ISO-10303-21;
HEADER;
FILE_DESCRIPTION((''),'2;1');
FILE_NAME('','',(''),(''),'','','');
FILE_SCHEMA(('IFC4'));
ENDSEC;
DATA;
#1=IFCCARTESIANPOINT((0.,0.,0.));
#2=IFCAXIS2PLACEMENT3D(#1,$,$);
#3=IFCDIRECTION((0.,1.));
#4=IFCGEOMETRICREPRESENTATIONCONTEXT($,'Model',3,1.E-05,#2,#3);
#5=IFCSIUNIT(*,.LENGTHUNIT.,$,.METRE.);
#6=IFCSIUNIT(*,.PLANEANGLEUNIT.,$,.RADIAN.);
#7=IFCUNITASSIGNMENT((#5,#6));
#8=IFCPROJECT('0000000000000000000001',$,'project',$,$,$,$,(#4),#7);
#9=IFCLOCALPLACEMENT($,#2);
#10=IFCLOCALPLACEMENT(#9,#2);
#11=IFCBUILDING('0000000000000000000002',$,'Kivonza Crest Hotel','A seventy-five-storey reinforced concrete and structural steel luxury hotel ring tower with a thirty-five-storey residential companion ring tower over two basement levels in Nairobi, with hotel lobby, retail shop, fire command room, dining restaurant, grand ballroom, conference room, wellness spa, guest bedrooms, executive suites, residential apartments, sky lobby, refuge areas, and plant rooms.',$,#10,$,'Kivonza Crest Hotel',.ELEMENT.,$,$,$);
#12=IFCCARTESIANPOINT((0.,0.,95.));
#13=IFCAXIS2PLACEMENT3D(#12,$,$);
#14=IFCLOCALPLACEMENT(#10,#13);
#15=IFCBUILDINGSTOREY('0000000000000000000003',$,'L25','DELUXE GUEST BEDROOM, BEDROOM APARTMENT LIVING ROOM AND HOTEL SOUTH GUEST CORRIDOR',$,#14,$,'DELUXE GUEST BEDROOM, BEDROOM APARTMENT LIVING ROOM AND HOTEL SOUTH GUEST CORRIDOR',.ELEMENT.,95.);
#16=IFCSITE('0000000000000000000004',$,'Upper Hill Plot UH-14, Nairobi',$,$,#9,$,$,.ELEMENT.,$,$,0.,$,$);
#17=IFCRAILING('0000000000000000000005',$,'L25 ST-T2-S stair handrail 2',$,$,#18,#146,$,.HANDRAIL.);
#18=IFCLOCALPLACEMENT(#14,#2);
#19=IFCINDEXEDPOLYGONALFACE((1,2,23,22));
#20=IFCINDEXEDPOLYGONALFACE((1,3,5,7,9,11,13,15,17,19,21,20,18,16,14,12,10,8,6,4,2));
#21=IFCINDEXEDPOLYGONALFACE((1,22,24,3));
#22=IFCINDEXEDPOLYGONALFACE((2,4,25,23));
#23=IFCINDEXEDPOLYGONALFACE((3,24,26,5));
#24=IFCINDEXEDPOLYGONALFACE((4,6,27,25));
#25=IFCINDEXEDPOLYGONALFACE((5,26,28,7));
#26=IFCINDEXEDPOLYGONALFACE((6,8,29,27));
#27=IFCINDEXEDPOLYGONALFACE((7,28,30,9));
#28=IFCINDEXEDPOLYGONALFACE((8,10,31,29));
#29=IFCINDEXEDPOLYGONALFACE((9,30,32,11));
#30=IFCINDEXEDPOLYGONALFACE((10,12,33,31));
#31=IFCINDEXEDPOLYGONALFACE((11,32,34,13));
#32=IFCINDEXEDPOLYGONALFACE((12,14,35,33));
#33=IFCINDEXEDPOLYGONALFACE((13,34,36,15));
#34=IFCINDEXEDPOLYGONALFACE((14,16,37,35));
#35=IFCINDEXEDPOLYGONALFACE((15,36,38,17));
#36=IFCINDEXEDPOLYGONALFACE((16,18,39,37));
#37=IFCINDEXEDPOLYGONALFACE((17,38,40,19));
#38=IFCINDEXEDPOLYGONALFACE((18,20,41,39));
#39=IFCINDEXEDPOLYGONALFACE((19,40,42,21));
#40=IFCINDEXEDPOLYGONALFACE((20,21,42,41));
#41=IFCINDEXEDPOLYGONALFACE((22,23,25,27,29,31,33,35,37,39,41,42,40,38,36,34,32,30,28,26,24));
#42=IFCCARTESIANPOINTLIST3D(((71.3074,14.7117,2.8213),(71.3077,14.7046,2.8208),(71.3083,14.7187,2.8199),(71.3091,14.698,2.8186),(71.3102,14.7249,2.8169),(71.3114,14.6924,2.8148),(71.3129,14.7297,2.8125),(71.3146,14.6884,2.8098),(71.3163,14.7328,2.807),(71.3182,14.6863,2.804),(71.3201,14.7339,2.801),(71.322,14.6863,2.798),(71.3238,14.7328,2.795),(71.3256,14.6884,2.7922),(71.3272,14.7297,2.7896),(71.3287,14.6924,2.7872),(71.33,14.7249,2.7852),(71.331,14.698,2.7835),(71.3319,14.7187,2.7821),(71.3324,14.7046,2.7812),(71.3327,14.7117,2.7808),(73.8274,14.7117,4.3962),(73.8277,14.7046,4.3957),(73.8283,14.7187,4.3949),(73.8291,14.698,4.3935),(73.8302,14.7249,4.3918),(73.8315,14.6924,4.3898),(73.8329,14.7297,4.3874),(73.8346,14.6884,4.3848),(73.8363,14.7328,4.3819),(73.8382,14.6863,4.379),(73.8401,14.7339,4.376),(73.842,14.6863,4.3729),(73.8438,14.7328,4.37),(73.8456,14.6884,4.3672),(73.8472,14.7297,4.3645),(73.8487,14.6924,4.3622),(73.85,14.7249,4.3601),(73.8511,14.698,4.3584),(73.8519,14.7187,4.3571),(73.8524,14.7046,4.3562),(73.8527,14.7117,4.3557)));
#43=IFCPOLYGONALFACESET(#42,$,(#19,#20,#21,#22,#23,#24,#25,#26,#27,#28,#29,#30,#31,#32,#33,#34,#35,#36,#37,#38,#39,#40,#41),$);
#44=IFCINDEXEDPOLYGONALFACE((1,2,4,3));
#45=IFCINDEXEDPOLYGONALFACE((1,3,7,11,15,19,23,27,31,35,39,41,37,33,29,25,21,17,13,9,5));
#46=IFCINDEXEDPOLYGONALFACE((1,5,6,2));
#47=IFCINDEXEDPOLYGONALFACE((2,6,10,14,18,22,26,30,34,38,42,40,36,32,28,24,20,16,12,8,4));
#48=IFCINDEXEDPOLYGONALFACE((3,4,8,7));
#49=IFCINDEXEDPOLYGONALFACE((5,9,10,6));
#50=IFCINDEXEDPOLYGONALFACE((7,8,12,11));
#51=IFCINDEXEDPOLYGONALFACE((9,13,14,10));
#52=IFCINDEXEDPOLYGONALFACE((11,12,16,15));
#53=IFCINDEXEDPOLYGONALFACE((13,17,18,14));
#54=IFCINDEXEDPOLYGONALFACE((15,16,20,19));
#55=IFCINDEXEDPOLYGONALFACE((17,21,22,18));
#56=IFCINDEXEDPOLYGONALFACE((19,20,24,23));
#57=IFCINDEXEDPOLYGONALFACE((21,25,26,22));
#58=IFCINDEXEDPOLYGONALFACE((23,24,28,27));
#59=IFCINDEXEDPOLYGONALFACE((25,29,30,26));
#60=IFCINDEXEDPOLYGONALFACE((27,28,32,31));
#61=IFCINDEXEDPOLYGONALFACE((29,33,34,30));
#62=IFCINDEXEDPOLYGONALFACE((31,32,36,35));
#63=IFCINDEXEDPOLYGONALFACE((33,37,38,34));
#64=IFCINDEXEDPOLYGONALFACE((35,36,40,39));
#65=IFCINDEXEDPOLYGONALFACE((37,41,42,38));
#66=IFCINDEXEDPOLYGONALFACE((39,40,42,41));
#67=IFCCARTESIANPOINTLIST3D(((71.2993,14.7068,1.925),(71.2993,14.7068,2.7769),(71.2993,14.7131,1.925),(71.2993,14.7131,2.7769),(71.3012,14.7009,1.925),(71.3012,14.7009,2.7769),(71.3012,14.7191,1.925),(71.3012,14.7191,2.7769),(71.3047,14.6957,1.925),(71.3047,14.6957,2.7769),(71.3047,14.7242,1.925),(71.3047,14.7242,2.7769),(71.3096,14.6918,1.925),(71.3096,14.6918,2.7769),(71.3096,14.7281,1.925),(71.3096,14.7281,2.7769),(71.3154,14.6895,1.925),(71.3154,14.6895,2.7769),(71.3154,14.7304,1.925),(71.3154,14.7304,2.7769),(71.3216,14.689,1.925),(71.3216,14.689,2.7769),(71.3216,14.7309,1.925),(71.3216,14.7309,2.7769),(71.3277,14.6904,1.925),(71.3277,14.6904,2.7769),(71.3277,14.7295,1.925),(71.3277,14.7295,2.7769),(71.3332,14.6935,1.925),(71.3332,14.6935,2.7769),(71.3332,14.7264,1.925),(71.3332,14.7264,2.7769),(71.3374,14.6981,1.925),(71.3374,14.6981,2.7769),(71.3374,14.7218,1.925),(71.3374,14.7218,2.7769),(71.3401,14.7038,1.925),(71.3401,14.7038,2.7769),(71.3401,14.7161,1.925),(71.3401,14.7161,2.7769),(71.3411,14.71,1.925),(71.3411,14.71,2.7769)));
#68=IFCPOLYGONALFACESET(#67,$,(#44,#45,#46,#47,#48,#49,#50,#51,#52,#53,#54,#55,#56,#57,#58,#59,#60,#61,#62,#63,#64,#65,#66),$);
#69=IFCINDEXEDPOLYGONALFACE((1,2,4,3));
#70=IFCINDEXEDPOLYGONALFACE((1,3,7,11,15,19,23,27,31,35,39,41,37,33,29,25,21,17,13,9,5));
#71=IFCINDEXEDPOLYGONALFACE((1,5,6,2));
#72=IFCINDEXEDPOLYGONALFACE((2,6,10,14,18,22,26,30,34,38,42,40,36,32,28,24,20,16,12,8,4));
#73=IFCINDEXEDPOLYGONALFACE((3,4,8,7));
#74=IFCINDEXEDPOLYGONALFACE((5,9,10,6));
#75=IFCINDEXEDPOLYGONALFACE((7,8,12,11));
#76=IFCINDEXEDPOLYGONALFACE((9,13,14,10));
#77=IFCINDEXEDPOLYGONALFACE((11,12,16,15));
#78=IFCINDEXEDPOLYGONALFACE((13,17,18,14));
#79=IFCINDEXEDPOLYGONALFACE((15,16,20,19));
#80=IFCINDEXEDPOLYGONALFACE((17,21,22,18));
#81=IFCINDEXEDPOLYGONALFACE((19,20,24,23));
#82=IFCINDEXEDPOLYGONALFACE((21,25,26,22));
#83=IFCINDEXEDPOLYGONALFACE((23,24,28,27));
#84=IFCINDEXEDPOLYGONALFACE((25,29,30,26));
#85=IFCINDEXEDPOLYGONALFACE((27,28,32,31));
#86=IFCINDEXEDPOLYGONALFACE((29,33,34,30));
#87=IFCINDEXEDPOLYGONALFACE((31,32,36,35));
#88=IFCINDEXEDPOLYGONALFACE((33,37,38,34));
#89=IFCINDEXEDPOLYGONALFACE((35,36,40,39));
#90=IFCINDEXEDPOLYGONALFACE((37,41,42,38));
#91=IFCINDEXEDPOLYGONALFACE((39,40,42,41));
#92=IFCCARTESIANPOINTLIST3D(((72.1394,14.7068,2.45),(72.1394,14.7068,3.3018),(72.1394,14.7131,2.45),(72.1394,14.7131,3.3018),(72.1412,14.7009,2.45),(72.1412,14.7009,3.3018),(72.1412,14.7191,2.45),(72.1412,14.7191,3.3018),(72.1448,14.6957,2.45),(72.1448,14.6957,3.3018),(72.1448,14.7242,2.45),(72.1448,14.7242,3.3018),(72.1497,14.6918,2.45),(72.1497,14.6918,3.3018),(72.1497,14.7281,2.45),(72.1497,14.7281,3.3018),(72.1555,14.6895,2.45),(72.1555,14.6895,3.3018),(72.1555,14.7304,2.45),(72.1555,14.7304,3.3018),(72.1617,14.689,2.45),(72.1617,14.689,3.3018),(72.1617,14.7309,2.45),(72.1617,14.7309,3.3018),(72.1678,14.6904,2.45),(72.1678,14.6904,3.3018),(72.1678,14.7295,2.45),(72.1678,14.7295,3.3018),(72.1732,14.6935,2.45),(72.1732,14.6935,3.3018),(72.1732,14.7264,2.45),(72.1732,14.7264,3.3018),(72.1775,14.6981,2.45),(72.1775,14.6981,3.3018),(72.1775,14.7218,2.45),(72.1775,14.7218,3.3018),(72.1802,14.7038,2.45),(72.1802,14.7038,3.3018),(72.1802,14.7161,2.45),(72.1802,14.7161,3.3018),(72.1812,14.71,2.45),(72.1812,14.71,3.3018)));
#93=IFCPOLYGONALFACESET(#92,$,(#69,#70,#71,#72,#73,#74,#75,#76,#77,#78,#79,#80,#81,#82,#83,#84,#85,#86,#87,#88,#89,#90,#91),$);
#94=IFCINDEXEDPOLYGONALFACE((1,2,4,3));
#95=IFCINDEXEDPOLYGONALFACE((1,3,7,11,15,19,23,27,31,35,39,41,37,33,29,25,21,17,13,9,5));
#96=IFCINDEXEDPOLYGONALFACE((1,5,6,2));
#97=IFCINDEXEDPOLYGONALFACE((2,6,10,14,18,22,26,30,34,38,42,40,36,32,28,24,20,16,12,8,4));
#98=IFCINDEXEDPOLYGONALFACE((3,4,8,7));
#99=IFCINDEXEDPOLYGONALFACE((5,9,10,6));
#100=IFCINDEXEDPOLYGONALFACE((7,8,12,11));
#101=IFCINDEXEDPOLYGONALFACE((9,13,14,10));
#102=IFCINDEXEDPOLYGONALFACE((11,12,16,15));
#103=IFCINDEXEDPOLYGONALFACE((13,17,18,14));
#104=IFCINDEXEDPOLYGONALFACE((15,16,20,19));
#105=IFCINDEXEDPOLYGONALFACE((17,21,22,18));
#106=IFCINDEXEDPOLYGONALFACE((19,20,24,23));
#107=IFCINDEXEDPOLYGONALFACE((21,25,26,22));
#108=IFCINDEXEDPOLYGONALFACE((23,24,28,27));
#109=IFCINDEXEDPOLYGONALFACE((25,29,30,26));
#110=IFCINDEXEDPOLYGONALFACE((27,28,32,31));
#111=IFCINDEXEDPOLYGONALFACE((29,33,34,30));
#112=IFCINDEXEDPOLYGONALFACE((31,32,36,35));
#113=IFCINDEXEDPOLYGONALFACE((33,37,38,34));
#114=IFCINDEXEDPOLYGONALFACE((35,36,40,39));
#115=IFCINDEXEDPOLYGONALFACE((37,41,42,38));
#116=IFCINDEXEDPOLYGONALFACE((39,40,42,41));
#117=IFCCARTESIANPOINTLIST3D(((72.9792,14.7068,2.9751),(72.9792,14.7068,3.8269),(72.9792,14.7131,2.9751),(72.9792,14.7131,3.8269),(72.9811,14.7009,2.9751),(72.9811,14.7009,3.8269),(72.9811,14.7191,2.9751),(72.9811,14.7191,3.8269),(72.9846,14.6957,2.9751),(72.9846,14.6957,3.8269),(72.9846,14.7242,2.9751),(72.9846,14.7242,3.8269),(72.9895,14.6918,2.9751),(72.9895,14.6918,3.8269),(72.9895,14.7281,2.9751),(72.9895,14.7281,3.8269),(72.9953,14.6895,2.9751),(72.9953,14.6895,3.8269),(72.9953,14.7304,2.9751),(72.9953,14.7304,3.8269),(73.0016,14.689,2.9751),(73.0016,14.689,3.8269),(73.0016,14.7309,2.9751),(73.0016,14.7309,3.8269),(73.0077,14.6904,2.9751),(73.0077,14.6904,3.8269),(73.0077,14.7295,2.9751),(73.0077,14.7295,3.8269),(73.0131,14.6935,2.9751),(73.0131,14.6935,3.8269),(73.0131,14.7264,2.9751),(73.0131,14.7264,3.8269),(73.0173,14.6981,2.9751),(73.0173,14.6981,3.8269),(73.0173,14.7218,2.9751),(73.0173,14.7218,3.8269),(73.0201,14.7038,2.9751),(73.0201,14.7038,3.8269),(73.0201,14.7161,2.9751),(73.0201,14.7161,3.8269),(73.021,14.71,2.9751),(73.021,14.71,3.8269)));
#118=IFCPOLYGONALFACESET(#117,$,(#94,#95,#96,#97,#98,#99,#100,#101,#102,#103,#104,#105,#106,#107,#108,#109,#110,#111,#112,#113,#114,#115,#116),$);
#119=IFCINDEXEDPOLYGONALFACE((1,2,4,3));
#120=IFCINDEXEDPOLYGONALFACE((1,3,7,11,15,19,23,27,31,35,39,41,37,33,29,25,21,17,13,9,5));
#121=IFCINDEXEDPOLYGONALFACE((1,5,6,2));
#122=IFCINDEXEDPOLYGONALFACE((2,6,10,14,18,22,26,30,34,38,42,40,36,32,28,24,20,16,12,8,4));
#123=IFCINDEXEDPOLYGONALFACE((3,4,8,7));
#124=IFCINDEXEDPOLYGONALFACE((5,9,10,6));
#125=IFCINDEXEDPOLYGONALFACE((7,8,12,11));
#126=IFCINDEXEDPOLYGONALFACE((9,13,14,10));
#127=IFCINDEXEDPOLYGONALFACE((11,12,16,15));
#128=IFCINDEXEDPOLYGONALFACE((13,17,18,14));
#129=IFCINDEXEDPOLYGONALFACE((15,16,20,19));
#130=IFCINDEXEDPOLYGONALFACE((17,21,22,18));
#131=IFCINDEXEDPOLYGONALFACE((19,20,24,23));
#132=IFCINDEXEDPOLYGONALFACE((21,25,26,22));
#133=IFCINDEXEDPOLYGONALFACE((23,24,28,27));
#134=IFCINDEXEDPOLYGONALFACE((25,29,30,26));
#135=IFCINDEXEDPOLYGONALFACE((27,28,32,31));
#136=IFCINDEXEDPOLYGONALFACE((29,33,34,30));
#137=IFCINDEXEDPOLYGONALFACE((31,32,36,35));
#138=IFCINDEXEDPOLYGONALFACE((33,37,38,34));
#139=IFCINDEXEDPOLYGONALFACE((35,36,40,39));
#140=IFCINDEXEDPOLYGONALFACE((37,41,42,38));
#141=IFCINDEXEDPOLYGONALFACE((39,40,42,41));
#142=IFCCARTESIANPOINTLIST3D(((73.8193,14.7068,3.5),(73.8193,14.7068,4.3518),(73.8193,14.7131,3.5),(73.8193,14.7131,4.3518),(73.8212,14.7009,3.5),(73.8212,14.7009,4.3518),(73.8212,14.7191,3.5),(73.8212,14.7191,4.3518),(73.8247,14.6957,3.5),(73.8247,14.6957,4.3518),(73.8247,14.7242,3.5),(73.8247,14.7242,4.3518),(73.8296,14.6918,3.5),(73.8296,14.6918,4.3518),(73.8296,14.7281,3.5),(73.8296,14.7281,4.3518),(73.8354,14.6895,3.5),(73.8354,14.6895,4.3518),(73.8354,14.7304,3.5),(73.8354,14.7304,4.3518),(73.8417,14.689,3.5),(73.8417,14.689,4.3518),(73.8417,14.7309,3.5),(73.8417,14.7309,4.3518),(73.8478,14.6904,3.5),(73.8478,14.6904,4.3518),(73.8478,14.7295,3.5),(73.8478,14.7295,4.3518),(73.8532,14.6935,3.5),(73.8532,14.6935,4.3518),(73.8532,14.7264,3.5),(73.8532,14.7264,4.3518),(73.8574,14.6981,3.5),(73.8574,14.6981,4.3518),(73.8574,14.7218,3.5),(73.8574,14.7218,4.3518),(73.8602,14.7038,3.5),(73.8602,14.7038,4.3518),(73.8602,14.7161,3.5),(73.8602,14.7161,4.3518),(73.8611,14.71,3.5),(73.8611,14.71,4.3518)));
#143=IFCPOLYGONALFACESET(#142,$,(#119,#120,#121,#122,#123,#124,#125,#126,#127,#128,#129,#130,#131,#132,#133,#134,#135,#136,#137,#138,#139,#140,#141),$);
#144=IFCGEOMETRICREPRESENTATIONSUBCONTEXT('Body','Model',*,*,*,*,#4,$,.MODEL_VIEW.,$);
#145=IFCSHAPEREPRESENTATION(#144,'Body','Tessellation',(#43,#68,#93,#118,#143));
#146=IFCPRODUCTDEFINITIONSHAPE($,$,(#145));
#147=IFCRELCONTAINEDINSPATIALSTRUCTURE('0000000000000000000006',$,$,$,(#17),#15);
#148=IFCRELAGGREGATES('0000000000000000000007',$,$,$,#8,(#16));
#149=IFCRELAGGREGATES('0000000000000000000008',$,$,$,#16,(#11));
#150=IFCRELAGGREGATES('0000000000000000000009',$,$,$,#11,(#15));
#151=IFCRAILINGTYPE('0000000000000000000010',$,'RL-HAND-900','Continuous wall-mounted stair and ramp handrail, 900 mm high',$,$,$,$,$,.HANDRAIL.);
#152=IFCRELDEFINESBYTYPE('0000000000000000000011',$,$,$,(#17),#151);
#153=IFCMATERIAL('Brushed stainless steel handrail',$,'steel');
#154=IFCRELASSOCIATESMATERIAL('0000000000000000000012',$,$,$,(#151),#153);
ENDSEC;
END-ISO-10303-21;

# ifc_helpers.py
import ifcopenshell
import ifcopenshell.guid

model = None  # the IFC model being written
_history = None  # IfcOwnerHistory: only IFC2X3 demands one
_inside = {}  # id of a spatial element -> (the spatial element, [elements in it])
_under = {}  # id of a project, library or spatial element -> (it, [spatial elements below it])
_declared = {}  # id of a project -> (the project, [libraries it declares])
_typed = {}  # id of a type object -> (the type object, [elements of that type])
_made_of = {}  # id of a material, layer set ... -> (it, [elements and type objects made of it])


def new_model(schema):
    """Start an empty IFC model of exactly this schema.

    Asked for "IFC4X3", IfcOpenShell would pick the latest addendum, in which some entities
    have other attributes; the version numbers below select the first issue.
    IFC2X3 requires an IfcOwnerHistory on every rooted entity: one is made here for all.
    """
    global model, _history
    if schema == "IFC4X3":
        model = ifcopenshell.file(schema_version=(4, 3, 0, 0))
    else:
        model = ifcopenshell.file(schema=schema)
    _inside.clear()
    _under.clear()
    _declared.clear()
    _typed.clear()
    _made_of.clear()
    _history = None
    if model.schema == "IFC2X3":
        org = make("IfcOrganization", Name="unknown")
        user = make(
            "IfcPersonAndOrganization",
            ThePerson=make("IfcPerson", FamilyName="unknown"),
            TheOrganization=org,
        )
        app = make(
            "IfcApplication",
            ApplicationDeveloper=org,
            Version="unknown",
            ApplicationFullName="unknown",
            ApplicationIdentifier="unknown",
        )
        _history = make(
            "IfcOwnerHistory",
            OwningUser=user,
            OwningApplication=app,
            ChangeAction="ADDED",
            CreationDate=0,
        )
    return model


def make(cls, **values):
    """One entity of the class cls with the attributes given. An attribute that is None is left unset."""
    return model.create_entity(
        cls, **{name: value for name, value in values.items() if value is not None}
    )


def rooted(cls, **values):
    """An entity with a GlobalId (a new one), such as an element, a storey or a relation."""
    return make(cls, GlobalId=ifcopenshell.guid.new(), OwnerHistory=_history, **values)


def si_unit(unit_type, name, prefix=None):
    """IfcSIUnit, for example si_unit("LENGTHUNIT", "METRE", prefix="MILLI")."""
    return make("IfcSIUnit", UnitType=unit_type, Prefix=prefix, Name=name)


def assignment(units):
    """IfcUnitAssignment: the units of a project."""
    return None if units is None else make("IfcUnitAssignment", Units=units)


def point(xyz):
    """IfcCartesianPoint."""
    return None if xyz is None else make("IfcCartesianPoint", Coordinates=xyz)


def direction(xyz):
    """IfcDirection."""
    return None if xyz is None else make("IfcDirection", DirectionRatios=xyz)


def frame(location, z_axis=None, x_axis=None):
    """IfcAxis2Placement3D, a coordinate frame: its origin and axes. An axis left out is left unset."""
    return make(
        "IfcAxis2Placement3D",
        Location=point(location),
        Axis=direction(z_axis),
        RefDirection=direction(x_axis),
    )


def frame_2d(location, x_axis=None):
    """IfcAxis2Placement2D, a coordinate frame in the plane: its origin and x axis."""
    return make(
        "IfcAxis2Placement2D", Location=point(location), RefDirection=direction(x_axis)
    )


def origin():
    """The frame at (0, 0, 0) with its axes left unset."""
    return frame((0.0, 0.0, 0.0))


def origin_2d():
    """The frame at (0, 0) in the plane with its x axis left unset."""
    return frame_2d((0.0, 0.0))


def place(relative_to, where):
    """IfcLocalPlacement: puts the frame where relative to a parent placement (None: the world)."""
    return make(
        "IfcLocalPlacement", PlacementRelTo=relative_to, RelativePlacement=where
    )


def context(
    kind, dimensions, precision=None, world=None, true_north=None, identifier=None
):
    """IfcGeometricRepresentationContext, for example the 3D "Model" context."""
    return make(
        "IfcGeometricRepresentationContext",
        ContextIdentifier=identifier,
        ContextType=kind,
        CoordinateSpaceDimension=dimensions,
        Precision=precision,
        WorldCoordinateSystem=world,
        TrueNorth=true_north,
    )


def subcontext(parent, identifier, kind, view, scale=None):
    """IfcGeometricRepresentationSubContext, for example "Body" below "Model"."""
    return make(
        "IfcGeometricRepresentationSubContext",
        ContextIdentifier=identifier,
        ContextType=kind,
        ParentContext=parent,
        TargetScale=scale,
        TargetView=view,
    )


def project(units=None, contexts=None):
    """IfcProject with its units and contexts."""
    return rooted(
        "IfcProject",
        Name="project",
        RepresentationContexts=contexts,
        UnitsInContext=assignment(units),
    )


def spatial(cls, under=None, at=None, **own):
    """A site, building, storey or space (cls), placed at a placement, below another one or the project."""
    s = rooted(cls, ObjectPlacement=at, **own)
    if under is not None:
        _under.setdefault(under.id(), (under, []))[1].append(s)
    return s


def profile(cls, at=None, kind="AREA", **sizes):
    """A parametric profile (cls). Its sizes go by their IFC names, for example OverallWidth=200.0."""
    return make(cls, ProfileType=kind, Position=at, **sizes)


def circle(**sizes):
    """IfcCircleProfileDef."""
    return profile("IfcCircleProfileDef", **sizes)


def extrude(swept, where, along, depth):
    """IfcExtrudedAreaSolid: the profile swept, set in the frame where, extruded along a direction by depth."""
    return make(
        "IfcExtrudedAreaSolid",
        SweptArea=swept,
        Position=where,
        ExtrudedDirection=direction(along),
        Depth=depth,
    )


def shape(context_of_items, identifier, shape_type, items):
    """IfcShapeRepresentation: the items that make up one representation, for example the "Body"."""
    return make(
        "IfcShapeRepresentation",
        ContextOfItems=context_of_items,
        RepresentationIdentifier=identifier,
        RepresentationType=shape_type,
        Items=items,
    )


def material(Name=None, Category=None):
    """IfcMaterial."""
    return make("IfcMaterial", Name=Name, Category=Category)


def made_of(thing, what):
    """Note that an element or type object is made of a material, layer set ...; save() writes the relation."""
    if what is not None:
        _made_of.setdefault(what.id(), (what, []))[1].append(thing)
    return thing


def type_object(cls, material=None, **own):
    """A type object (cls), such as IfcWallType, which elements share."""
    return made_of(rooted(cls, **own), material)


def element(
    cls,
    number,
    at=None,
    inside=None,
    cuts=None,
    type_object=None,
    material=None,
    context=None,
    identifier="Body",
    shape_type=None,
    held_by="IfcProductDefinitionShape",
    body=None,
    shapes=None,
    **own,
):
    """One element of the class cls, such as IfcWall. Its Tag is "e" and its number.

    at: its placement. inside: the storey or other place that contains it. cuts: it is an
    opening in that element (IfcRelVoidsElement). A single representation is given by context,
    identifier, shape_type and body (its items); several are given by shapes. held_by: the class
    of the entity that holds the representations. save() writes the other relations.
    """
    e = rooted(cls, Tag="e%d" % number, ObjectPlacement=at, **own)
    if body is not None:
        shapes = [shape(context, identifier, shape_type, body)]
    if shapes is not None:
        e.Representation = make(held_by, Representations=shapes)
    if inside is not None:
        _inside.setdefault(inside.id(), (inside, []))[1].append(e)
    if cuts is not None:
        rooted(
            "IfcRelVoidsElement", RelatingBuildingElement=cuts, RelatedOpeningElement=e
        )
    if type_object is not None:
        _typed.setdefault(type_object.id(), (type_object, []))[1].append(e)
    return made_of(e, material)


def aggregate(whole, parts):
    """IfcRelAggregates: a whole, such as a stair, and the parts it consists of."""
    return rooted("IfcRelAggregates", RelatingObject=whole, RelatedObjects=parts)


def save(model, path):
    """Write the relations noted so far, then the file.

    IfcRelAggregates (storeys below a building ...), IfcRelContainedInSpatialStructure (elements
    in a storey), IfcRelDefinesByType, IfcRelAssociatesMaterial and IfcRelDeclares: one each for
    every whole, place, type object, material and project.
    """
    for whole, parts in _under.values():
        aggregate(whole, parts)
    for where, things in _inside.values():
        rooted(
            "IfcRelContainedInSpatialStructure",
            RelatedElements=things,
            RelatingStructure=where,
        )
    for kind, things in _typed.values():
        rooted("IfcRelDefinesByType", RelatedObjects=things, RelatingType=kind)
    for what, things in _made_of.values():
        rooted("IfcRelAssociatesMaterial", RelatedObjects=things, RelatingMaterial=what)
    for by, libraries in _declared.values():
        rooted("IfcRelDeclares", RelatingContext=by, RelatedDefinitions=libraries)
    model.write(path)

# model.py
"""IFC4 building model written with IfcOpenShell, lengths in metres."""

from ifc_helpers import new_model, si_unit, direction, frame, origin, origin_2d, place, context, subcontext, project, spatial, circle, extrude, material, type_object, element, save


model = new_model("IFC4")

# Units and contexts
model_context = context("Model", 3, precision=1e-05, world=origin(), true_north=direction((0.0, 1.0)))
body_context = subcontext(model_context, "Body", "Model", "MODEL_VIEW")
ifc_project = project(units=[si_unit("LENGTHUNIT", "METRE"), si_unit("PLANEANGLEUNIT", "RADIAN")], contexts=[model_context])

# Site, building, storey
site_placement = place(None, origin())
site = spatial("IfcSite", under=ifc_project, at=site_placement, Name="Upper Hill Plot UH-14, Nairobi", CompositionType="ELEMENT", RefElevation=0.0)
building_placement = place(site_placement, origin())
building = spatial("IfcBuilding", under=site, at=building_placement, Name="Kivonza Crest Hotel", Description="A seventy-five-storey reinforced concrete and structural steel luxury hotel ring tower with a thirty-five-storey residential companion ring tower over two basement levels in Nairobi, with hotel lobby, retail shop, fire command room, dining restaurant, grand ballroom, conference room, wellness spa, guest bedrooms, executive suites, residential apartments, sky lobby, refuge areas, and plant rooms.", LongName="Kivonza Crest Hotel", CompositionType="ELEMENT")
storey_placement = place(building_placement, frame((0.0, 0.0, 95.0)))
storey = spatial("IfcBuildingStorey", under=building, at=storey_placement, Name="L25", Description="DELUXE GUEST BEDROOM, BEDROOM APARTMENT LIVING ROOM AND HOTEL SOUTH GUEST CORRIDOR", LongName="DELUXE GUEST BEDROOM, BEDROOM APARTMENT LIVING ROOM AND HOTEL SOUTH GUEST CORRIDOR", CompositionType="ELEMENT", Elevation=95.0)

# Railing
ifc_material_1 = material(Name="Brushed stainless steel handrail", Category="steel")
railing_type_1 = type_object("IfcRailingType", Name="RL-HAND-900", Description="Continuous wall-mounted stair and ramp handrail, 900 mm high", PredefinedType="HANDRAIL", material=ifc_material_1)
railing_1_placement = place(storey_placement, frame((71.3201, 14.71, 1.925)))
element("IfcRailing", 1, at=railing_1_placement, inside=storey, type_object=railing_type_1, Name="L25 ST-T2-S stair handrail 2", PredefinedType="HANDRAIL", context=body_context, shape_type="SweptSolid", body=[
    extrude(circle(Radius=0.0239, at=origin_2d()), frame((0.0, 0.0, 0.876), z_axis=(0.848008, 0.0, 0.529984), x_axis=(0.0, 1.0, 0.0)), (0.0, 0.0, 1.0), 2.9717),
    extrude(circle(Radius=0.021, at=origin_2d()), origin(), (0.0, 0.0, 1.0), 0.8518),
    extrude(circle(Radius=0.021, at=origin_2d()), frame((0.8401, 0.0, 0.5249)), (0.0, 0.0, 1.0), 0.8518),
    extrude(circle(Radius=0.021, at=origin_2d()), frame((1.6799, 0.0, 1.05)), (0.0, 0.0, 1.0), 0.8518),
    extrude(circle(Radius=0.021, at=origin_2d()), frame((2.52, 0.0, 1.575)), (0.0, 0.0, 1.0), 0.8518),
])

save(model, "model.ifc")
